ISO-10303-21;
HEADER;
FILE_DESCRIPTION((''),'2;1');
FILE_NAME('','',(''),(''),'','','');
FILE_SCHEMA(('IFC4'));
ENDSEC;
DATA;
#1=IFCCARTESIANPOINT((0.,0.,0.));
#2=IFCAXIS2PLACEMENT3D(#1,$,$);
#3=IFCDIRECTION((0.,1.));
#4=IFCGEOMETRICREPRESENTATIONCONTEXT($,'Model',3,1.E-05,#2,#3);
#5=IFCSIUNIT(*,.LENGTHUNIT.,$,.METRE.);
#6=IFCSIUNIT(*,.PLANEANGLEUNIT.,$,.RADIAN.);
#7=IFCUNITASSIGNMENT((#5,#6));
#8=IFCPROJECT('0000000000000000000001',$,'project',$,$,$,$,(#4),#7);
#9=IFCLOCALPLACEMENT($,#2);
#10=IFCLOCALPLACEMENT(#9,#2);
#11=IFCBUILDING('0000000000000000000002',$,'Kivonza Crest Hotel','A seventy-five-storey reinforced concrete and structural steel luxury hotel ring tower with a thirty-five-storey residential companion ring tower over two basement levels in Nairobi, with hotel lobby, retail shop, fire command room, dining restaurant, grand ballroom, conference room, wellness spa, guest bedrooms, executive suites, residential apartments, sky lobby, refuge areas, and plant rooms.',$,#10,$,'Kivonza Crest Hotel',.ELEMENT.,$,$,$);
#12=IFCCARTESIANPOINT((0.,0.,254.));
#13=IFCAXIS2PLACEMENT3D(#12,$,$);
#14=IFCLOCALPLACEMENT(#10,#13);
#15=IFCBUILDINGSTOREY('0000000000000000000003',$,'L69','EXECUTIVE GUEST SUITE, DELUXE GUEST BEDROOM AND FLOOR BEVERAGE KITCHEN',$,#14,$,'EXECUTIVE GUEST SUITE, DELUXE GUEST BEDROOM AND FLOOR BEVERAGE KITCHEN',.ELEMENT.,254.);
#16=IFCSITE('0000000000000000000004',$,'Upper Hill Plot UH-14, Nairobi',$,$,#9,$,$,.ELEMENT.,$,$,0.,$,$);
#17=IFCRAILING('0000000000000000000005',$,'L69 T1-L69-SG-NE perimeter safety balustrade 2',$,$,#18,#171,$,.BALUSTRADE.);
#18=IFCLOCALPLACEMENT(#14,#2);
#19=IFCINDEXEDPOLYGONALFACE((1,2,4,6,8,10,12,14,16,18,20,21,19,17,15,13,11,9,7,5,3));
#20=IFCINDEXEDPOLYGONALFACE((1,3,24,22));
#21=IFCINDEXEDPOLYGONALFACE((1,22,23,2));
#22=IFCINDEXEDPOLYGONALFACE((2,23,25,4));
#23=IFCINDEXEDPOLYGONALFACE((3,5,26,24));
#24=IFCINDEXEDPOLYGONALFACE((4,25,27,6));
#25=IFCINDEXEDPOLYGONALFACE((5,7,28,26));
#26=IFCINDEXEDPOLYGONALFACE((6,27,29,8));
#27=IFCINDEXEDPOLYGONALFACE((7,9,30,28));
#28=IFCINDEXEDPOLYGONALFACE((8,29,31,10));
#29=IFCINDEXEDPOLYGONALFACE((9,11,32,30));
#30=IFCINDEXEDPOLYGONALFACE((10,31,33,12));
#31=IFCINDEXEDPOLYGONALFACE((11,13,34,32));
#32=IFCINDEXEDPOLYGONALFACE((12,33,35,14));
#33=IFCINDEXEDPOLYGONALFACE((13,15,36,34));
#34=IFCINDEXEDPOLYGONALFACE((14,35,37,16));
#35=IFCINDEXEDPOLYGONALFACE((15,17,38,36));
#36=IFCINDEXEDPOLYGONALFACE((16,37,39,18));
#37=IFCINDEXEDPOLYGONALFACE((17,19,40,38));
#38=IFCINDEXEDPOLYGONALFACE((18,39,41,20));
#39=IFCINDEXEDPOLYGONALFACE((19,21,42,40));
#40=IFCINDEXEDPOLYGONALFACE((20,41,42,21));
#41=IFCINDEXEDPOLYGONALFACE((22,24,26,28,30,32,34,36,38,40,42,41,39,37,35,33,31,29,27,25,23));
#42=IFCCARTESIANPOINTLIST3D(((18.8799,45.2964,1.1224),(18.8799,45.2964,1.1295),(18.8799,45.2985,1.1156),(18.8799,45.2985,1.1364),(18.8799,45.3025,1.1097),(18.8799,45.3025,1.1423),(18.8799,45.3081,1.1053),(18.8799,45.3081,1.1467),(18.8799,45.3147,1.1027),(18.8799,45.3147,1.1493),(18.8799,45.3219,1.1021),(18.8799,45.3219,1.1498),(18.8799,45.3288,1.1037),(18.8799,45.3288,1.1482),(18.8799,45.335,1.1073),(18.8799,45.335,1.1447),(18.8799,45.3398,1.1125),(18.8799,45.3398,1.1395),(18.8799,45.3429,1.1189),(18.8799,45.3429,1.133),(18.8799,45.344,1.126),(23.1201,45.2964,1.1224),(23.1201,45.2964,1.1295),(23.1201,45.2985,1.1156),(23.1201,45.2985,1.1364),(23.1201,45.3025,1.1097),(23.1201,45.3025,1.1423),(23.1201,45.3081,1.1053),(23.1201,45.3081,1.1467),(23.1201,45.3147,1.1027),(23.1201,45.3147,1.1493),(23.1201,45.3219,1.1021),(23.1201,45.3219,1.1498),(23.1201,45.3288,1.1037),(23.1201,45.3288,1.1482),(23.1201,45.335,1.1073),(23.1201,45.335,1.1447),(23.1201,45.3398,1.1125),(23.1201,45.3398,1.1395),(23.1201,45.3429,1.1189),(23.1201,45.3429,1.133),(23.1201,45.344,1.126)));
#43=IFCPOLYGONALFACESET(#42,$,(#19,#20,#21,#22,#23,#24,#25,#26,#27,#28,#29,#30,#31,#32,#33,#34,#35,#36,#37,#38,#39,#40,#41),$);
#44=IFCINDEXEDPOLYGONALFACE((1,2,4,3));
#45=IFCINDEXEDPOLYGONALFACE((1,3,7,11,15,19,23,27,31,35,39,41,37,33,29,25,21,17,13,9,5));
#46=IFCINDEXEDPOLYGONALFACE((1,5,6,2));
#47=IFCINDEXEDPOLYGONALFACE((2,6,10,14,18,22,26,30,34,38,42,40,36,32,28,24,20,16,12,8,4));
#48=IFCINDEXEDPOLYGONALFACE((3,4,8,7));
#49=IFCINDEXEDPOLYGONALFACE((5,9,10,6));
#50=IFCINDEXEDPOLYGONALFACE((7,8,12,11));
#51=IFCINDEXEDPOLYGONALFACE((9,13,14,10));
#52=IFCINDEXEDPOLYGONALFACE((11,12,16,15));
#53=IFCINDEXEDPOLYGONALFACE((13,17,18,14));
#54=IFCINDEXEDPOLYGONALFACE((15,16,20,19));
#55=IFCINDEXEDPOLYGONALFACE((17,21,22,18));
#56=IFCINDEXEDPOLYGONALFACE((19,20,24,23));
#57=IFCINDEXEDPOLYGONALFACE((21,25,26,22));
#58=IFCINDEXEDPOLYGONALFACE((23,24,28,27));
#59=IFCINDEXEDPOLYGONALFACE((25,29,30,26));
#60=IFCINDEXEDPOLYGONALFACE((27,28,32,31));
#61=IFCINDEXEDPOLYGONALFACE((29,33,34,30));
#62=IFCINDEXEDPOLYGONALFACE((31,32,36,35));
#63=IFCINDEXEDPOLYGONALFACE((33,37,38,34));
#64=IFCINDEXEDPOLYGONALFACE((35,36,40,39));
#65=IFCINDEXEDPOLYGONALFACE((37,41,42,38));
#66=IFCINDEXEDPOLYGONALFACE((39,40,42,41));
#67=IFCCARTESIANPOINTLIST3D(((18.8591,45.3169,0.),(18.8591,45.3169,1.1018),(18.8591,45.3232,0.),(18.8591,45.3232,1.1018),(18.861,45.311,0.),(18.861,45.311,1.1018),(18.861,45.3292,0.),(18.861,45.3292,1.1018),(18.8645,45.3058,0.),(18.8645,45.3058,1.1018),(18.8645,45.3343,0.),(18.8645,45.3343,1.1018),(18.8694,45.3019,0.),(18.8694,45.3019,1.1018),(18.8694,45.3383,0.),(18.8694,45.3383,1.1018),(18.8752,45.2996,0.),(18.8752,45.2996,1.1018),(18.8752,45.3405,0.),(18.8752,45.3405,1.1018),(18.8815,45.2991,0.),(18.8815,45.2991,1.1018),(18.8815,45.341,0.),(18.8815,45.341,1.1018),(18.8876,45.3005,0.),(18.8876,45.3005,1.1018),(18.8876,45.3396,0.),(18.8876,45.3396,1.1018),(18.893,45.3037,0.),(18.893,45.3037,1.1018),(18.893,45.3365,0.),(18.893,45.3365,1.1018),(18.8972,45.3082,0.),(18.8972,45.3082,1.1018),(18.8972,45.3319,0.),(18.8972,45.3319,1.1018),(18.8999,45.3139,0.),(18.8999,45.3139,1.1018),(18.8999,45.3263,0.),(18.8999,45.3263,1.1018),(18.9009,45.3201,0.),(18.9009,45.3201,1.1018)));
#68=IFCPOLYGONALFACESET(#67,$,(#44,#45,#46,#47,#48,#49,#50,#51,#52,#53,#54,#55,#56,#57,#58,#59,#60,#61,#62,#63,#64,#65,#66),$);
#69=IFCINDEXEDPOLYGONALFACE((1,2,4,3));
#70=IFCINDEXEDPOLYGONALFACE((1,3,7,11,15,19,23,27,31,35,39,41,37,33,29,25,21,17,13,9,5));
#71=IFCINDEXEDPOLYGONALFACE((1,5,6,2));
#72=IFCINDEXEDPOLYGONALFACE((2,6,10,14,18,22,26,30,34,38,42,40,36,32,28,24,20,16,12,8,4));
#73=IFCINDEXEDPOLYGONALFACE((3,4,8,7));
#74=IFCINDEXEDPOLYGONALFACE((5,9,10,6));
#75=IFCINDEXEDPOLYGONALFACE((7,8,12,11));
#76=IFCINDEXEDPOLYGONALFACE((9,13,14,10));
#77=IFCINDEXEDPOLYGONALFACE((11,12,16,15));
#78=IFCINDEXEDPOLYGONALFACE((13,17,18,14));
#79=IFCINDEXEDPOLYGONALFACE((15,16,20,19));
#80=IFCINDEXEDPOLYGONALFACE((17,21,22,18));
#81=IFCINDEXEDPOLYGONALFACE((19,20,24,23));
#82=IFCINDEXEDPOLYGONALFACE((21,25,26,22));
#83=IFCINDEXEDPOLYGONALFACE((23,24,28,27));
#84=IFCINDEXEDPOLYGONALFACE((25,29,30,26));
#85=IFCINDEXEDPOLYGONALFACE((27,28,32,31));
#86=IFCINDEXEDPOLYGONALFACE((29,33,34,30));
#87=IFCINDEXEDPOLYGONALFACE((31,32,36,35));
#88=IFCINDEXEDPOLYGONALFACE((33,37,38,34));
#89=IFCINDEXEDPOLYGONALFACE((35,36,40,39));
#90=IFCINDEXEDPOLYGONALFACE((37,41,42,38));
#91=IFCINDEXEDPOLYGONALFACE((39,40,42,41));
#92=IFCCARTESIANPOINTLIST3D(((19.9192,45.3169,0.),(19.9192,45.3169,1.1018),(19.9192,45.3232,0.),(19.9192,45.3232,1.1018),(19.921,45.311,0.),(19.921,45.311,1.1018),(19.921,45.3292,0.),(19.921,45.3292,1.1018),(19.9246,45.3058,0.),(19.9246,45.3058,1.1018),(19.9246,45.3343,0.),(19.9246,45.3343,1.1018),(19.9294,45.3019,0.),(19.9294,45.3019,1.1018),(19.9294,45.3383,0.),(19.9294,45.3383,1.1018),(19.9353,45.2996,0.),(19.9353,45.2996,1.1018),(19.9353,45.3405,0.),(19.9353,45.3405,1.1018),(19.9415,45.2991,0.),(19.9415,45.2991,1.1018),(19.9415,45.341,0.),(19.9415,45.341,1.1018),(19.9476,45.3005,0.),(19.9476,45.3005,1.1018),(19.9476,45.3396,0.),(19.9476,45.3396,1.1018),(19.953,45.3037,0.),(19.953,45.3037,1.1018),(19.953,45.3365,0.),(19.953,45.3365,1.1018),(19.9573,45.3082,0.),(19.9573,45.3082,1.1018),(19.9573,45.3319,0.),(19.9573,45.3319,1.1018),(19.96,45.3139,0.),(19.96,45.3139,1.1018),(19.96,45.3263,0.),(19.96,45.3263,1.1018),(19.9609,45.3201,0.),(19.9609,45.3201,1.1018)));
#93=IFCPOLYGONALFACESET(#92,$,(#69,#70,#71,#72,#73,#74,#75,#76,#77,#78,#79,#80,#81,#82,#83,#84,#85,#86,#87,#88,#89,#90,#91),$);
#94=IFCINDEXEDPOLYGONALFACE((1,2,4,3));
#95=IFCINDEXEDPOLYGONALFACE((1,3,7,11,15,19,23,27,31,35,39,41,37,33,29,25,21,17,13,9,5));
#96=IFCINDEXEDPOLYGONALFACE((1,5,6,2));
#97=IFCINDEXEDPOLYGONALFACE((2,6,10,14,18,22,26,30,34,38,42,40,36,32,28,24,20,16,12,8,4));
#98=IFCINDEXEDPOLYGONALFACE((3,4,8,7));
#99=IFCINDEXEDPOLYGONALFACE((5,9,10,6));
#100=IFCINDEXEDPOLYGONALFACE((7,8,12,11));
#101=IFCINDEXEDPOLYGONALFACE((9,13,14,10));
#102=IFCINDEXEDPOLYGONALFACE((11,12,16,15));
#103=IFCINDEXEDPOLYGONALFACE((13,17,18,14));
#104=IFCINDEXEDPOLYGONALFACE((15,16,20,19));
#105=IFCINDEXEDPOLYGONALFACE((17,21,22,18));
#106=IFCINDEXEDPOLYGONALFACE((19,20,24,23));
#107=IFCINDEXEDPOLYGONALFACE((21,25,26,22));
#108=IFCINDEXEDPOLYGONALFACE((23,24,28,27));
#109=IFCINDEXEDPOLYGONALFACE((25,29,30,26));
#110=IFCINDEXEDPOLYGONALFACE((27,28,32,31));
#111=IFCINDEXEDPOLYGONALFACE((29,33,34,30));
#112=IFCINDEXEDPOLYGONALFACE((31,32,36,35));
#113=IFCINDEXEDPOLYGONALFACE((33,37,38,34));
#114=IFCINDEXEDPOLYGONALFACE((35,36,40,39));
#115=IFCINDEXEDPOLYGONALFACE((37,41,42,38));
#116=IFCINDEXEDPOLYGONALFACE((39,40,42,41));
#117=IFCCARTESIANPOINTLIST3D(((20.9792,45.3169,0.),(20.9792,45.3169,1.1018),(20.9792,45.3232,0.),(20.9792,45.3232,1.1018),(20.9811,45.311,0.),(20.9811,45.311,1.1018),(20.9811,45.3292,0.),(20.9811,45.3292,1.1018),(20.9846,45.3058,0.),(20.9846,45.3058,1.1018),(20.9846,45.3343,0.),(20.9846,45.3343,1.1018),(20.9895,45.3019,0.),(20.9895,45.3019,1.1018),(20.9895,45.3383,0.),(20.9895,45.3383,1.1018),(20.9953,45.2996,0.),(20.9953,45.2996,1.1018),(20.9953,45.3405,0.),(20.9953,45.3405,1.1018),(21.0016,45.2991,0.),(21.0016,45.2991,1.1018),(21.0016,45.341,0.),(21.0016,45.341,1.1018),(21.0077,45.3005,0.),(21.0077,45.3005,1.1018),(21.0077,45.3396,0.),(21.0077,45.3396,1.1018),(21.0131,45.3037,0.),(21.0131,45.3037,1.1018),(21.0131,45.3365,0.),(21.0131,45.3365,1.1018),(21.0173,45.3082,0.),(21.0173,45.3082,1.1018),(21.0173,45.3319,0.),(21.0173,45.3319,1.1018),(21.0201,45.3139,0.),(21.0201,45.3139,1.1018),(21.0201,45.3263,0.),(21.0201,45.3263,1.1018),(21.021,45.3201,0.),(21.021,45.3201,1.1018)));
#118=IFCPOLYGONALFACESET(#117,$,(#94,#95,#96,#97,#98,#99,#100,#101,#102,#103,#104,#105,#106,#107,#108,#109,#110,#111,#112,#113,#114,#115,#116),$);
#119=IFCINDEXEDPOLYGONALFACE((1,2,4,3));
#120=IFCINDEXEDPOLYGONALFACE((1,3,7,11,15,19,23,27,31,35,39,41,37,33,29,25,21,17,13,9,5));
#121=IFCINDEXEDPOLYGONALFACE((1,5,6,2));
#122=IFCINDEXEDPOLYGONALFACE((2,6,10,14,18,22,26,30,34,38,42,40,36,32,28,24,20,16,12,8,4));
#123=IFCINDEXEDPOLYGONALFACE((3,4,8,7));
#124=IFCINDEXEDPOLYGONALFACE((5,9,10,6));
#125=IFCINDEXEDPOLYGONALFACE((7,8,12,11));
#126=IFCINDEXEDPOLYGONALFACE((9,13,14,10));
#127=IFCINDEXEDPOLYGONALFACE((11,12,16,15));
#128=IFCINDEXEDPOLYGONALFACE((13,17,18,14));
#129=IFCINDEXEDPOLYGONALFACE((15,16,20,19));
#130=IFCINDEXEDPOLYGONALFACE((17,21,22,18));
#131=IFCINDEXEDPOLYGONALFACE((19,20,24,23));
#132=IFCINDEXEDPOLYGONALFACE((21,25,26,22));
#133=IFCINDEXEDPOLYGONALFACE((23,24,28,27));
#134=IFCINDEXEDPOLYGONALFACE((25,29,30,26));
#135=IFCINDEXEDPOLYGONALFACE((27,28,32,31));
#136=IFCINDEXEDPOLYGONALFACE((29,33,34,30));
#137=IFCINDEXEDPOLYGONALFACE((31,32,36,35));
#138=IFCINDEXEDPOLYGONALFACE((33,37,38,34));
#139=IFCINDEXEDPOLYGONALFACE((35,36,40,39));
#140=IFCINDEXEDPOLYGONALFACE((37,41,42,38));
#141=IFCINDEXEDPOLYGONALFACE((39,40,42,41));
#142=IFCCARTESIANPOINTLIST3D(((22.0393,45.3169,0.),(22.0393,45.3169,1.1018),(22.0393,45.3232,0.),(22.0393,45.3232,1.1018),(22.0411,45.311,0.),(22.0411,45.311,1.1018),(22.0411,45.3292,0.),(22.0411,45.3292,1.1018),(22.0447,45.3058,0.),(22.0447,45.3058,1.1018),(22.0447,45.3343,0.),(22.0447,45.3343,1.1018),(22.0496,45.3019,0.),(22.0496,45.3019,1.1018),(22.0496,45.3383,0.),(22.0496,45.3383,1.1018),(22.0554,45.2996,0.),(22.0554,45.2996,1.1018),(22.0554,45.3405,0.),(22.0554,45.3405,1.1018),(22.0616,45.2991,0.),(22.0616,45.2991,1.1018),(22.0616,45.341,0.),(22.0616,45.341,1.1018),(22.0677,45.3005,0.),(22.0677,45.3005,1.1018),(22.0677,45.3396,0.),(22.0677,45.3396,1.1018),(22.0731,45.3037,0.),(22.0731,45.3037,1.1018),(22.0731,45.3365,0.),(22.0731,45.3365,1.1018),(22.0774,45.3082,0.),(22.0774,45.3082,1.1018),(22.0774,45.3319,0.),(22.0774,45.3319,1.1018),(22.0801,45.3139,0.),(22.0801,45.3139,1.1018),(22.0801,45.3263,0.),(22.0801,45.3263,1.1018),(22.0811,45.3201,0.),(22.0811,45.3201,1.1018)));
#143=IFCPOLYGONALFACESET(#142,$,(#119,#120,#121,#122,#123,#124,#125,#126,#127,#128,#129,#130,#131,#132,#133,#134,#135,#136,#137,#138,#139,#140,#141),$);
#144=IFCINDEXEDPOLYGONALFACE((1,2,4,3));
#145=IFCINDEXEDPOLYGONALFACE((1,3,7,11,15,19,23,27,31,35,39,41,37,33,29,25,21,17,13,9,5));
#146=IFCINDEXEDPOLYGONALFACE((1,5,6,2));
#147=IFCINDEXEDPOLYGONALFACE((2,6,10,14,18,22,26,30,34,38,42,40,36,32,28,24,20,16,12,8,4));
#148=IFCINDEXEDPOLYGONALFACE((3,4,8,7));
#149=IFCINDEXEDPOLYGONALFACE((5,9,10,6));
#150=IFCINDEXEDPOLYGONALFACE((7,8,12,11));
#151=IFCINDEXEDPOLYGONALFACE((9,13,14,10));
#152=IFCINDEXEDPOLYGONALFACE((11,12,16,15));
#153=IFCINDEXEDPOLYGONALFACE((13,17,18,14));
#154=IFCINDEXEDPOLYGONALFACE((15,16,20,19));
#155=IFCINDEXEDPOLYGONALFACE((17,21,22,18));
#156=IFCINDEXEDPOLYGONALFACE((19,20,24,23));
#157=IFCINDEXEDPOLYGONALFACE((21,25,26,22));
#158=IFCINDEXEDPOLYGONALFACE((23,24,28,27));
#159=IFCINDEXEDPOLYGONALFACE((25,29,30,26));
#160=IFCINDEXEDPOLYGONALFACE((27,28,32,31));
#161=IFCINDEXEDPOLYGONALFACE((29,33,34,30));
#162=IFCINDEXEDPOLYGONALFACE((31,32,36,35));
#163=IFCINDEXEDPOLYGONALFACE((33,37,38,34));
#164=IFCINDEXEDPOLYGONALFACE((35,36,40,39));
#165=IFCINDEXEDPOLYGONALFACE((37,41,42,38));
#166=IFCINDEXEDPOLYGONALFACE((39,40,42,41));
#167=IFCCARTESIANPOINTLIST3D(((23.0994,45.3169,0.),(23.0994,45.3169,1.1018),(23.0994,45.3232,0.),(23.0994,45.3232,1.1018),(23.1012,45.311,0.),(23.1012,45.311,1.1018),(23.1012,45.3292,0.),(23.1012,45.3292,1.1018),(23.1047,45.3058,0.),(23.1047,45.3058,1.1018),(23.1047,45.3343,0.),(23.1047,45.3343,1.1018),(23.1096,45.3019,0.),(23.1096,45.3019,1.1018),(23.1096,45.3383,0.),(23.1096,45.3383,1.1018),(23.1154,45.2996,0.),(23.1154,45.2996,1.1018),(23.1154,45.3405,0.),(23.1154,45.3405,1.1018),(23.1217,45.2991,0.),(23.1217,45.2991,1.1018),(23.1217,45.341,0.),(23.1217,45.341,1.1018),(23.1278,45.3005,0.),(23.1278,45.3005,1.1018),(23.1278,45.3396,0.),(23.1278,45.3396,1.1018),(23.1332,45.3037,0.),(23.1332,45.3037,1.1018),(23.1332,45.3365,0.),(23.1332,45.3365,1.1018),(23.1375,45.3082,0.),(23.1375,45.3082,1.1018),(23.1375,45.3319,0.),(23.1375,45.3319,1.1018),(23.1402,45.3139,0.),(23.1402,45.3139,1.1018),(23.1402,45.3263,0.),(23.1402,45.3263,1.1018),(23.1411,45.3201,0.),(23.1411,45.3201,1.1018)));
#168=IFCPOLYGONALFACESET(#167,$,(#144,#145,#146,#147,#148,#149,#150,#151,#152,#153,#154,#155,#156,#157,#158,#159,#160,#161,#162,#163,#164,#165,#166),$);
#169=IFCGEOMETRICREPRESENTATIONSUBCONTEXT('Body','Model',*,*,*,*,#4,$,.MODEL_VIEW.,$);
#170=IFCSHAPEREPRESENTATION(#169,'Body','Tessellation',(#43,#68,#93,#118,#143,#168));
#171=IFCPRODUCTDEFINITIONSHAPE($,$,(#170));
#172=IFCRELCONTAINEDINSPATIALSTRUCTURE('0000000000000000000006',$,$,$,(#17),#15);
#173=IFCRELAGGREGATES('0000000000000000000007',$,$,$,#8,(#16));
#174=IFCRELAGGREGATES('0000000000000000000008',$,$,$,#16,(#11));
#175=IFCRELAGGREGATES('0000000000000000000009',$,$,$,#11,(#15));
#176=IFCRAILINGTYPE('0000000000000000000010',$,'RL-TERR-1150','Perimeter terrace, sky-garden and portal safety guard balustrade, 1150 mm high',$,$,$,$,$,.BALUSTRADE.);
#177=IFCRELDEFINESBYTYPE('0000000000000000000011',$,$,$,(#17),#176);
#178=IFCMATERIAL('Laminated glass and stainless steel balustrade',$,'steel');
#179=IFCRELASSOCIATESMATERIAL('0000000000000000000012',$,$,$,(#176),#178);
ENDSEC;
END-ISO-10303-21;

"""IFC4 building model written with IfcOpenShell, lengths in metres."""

from ifc_helpers import new_model, si_unit, direction, frame, origin, origin_2d, place, context, subcontext, project, spatial, circle, extrude, material, type_object, element, save


model = new_model("IFC4")

# Units and contexts
model_context = context("Model", 3, precision=1e-05, world=origin(), true_north=direction((0.0, 1.0)))
body_context = subcontext(model_context, "Body", "Model", "MODEL_VIEW")
ifc_project = project(units=[si_unit("LENGTHUNIT", "METRE"), si_unit("PLANEANGLEUNIT", "RADIAN")], contexts=[model_context])

# Site, building, storey
site_placement = place(None, origin())
site = spatial("IfcSite", under=ifc_project, at=site_placement, Name="Upper Hill Plot UH-14, Nairobi", CompositionType="ELEMENT", RefElevation=0.0)
building_placement = place(site_placement, origin())
building = spatial("IfcBuilding", under=site, at=building_placement, Name="Kivonza Crest Hotel", Description="A seventy-five-storey reinforced concrete and structural steel luxury hotel ring tower with a thirty-five-storey residential companion ring tower over two basement levels in Nairobi, with hotel lobby, retail shop, fire command room, dining restaurant, grand ballroom, conference room, wellness spa, guest bedrooms, executive suites, residential apartments, sky lobby, refuge areas, and plant rooms.", LongName="Kivonza Crest Hotel", CompositionType="ELEMENT")
storey_placement = place(building_placement, frame((0.0, 0.0, 254.0)))
storey = spatial("IfcBuildingStorey", under=building, at=storey_placement, Name="L69", Description="EXECUTIVE GUEST SUITE, DELUXE GUEST BEDROOM AND FLOOR BEVERAGE KITCHEN", LongName="EXECUTIVE GUEST SUITE, DELUXE GUEST BEDROOM AND FLOOR BEVERAGE KITCHEN", CompositionType="ELEMENT", Elevation=254.0)

# Railing
ifc_material_1 = material(Name="Laminated glass and stainless steel balustrade", Category="steel")
railing_type = type_object("IfcRailingType", Name="RL-TERR-1150", Description="Perimeter terrace, sky-garden and portal safety guard balustrade, 1150 mm high", PredefinedType="BALUSTRADE", material=ifc_material_1)
railing_1_placement = place(storey_placement, frame((18.8799, 45.3201, 0.0)))
element("IfcRailing", 1, at=railing_1_placement, inside=storey, type_object=railing_type, Name="L69 T1-L69-SG-NE perimeter safety balustrade 2", PredefinedType="BALUSTRADE", context=body_context, shape_type="SweptSolid", body=[
    extrude(circle(Radius=0.0239, at=origin_2d()), frame((0.0, 0.0, 1.126), z_axis=(1.0, 0.0, 0.0), x_axis=(0.0, 1.0, 0.0)), (0.0, 0.0, 1.0), 4.2402),
    extrude(circle(Radius=0.021, at=origin_2d()), origin(), (0.0, 0.0, 1.0), 1.1018),
    extrude(circle(Radius=0.021, at=origin_2d()), frame((1.0601, 0.0, 0.0)), (0.0, 0.0, 1.0), 1.1018),
    extrude(circle(Radius=0.021, at=origin_2d()), frame((2.1201, 0.0, 0.0)), (0.0, 0.0, 1.0), 1.1018),
    extrude(circle(Radius=0.021, at=origin_2d()), frame((3.1802, 0.0, 0.0)), (0.0, 0.0, 1.0), 1.1018),
    extrude(circle(Radius=0.021, at=origin_2d()), frame((4.2402, 0.0, 0.0)), (0.0, 0.0, 1.0), 1.1018),
])

save(model, "model.ifc")
